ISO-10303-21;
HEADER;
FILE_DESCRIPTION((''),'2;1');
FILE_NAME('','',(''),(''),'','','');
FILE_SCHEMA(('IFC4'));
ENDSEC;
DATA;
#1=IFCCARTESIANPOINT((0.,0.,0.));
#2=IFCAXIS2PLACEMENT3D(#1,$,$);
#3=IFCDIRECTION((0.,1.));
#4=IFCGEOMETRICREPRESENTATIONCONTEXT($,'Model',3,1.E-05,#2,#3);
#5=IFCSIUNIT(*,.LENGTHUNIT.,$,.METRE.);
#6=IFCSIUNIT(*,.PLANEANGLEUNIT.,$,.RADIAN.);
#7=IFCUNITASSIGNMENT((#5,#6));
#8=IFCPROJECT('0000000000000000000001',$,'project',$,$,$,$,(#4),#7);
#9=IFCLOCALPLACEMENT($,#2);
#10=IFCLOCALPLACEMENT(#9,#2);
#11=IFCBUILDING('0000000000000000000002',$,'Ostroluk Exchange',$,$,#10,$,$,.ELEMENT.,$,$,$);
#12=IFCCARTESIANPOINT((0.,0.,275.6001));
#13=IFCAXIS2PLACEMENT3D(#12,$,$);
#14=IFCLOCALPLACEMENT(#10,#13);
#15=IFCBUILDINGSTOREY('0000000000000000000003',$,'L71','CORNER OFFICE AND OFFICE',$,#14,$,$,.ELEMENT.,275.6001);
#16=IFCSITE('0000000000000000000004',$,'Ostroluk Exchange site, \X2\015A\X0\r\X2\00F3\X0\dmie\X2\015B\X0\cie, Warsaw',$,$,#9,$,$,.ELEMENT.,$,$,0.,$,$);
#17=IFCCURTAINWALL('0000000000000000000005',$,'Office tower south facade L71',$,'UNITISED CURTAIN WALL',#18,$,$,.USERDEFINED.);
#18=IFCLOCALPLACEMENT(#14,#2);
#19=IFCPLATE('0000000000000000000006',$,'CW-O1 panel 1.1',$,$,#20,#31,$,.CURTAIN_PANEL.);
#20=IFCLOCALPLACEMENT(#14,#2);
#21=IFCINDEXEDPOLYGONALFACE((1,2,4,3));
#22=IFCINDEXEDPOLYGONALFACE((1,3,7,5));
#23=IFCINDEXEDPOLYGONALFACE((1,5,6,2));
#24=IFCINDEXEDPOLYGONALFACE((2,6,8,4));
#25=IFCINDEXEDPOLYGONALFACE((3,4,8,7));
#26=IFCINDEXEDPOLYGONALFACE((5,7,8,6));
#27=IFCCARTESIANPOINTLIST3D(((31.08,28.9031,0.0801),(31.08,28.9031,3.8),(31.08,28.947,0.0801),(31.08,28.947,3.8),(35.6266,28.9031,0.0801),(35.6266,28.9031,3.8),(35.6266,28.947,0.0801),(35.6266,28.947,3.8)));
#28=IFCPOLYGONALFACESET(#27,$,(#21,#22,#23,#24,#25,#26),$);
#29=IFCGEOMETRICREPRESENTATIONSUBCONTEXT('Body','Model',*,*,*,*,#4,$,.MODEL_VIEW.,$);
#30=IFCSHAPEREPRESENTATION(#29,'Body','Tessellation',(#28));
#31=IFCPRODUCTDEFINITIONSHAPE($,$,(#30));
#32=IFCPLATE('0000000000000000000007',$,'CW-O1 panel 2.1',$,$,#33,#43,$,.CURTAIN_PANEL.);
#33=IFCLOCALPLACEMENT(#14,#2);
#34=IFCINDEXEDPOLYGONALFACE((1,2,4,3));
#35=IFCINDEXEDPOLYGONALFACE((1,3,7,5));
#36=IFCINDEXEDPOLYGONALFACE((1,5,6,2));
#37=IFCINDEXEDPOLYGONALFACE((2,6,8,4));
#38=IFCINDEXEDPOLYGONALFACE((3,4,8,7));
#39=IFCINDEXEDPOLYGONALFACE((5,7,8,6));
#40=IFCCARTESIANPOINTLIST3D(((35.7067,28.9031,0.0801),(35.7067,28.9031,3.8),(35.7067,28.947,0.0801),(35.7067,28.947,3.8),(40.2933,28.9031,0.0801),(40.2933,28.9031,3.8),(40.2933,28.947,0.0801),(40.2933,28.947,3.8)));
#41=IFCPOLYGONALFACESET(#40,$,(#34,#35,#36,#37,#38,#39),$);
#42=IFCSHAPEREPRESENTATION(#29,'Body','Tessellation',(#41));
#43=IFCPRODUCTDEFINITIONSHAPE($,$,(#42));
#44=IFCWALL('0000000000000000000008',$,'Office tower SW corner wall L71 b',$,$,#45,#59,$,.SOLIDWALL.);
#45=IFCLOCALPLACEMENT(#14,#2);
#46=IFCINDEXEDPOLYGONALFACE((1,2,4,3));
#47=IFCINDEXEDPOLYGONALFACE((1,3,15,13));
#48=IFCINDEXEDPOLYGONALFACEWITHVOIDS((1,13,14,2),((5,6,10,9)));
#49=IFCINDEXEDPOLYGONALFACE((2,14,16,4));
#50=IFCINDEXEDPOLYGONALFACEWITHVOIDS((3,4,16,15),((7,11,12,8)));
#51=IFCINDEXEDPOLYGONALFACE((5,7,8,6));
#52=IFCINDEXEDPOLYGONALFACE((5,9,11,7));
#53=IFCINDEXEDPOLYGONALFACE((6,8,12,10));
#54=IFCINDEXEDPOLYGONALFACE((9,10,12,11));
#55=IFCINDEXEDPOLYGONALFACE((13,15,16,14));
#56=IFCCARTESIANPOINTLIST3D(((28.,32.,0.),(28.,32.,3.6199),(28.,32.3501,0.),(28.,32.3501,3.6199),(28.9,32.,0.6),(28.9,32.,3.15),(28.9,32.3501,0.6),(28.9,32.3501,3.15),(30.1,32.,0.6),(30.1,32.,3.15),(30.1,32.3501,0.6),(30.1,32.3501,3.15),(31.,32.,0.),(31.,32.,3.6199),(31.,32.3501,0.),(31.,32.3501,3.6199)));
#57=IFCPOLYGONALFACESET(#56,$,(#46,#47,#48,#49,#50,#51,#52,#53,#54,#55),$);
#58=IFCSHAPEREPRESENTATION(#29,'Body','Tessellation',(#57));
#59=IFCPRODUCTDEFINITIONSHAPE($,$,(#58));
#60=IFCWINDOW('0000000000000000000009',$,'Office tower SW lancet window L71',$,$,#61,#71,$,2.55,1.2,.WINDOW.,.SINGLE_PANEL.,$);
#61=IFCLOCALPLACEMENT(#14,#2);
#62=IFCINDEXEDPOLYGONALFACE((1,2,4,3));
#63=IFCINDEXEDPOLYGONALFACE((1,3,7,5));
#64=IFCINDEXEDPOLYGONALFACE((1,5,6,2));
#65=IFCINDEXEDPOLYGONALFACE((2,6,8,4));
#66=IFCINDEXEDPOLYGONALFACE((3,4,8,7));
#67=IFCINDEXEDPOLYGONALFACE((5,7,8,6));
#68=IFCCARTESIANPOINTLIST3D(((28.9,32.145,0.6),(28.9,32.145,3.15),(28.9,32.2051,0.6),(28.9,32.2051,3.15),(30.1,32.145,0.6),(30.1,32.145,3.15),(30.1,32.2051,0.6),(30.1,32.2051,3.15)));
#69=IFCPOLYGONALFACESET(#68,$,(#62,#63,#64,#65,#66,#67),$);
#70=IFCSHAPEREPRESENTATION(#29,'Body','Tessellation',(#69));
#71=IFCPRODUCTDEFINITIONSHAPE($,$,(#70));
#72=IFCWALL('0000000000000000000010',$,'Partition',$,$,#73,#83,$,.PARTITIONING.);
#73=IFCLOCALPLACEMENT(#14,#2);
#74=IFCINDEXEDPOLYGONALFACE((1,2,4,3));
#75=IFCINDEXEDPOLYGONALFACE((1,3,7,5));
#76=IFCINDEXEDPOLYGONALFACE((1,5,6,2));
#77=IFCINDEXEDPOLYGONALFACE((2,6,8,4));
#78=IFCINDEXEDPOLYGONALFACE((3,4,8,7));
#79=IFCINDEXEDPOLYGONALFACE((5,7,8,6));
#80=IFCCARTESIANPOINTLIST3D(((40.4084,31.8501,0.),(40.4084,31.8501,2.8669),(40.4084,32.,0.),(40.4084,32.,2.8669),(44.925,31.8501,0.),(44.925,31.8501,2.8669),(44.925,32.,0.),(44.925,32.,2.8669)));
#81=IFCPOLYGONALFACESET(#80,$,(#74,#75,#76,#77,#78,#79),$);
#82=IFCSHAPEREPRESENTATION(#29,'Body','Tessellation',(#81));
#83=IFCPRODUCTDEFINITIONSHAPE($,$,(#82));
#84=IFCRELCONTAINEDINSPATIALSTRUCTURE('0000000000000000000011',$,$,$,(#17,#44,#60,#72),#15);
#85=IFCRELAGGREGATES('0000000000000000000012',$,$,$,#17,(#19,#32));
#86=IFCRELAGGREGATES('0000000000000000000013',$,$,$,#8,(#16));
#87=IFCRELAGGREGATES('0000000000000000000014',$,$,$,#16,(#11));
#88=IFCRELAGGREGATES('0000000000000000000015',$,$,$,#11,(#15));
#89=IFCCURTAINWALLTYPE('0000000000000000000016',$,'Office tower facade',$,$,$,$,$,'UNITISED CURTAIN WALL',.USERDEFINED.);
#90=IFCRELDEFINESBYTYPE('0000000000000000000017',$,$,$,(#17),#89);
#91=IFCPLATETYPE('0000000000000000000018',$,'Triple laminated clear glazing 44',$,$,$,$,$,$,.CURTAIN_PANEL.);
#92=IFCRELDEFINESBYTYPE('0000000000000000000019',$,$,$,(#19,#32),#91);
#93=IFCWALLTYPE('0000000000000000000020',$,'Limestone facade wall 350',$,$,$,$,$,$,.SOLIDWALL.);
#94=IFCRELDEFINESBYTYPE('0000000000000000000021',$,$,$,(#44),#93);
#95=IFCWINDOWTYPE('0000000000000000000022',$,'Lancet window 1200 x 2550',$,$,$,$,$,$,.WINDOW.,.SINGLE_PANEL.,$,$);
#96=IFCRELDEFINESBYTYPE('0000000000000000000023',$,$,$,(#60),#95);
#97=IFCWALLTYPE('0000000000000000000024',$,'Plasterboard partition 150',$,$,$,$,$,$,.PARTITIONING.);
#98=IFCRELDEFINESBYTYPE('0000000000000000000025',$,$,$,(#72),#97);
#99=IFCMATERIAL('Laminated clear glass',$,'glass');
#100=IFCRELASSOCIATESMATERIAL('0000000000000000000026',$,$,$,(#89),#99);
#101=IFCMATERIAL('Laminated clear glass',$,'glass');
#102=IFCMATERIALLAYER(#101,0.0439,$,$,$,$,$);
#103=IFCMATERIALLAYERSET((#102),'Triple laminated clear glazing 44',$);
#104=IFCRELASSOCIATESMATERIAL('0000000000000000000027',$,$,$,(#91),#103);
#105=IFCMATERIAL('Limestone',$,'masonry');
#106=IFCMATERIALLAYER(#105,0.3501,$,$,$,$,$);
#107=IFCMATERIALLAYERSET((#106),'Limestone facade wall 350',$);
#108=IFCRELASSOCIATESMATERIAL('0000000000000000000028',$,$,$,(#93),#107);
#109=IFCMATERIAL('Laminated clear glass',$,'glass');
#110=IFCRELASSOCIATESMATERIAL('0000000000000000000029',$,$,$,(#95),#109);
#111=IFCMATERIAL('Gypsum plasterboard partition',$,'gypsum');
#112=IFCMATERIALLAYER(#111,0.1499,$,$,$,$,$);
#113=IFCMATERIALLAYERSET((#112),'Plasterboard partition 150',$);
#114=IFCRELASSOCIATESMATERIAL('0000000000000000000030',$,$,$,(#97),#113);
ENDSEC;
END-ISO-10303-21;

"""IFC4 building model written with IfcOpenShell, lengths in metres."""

from ifc_helpers import new_model, si_unit, direction, frame, frame_2d, origin, origin_2d, place, context, subcontext, project, spatial, rectangle, extrude, material, layer, layer_set, type_object, element, fill, aggregate, save


model = new_model("IFC4")

# Units and contexts
model_context = context("Model", 3, precision=1e-05, world=origin(), true_north=direction((0.0, 1.0)))
body_context = subcontext(model_context, "Body", "Model", "MODEL_VIEW")
ifc_project = project(units=[si_unit("LENGTHUNIT", "METRE"), si_unit("PLANEANGLEUNIT", "RADIAN")], contexts=[model_context])

# Site, building, storey
site_placement = place(None, origin())
site = spatial("IfcSite", under=ifc_project, at=site_placement, Name="Ostroluk Exchange site, Śródmieście, Warsaw", CompositionType="ELEMENT", RefElevation=0.0)
building_placement = place(site_placement, origin())
building = spatial("IfcBuilding", under=site, at=building_placement, Name="Ostroluk Exchange", CompositionType="ELEMENT")
storey_placement = place(building_placement, frame((0.0, 0.0, 275.6001)))
storey = spatial("IfcBuildingStorey", under=building, at=storey_placement, Name="L71", Description="CORNER OFFICE AND OFFICE", CompositionType="ELEMENT", Elevation=275.6001)

# Curtain wall
ifc_material_1 = material(Name="Laminated clear glass", Category="glass")
curtain_wall_type = type_object("IfcCurtainWallType", Name="Office tower facade", ElementType="UNITISED CURTAIN WALL", PredefinedType="USERDEFINED", material=ifc_material_1)
curtain_wall_1_placement = place(storey_placement, origin())
curtain_wall_1 = element("IfcCurtainWall", 1, at=curtain_wall_1_placement, inside=storey, type_object=curtain_wall_type, Name="Office tower south facade L71", ObjectType="UNITISED CURTAIN WALL", PredefinedType="USERDEFINED")

# Plates
ifc_material_2 = material(Name="Laminated clear glass", Category="glass")
ifc_layer_1 = layer(ifc_material_2, 0.0439)
ifc_layer_set_1 = layer_set([ifc_layer_1], Name="Triple laminated clear glazing 44")
plate_type_1 = type_object("IfcPlateType", Name="Triple laminated clear glazing 44", PredefinedType="CURTAIN_PANEL", material=ifc_layer_set_1)
plate_1_placement = place(storey_placement, frame((33.3533, 28.925, 0.0801), z_axis=(0.0, 0.0, 1.0), x_axis=(1.0, 0.0, 0.0)))
plate_1 = element("IfcPlate", 2, at=plate_1_placement, type_object=plate_type_1, Name="CW-O1 panel 1.1", PredefinedType="CURTAIN_PANEL", context=body_context, shape_type="SweptSolid", body=[
    extrude(rectangle(XDim=4.5466, YDim=0.0439, at=origin_2d()), origin(), (0.0, 0.0, 1.0), 3.72),
])
plate_2_placement = place(storey_placement, frame((38.0, 28.925, 0.0801), z_axis=(0.0, 0.0, 1.0), x_axis=(1.0, 0.0, 0.0)))
plate_2 = element("IfcPlate", 3, at=plate_2_placement, type_object=plate_type_1, Name="CW-O1 panel 2.1", PredefinedType="CURTAIN_PANEL", context=body_context, shape_type="SweptSolid", body=[
    extrude(rectangle(XDim=4.5867, YDim=0.0439, at=origin_2d()), origin(), (0.0, 0.0, 1.0), 3.72),
])
aggregate(curtain_wall_1, [plate_1, plate_2])

# Shared definitions
ifc_material_3 = material(Name="Limestone", Category="masonry")
ifc_layer_2 = layer(ifc_material_3, 0.3501)
ifc_layer_set_2 = layer_set([ifc_layer_2], Name="Limestone facade wall 350")
wall_type_1 = type_object("IfcWallType", Name="Limestone facade wall 350", PredefinedType="SOLIDWALL", material=ifc_layer_set_2)

# Wall, opening, window
wall_1_placement = place(storey_placement, frame((31.0, 32.175, 0.0), z_axis=(0.0, 0.0, 1.0), x_axis=(-1.0, 0.0, 0.0)))
wall_1 = element("IfcWall", 4, at=wall_1_placement, inside=storey, type_object=wall_type_1, Name="Office tower SW corner wall L71 b", PredefinedType="SOLIDWALL", context=body_context, shape_type="SweptSolid", body=[
    extrude(rectangle(XDim=3.0, YDim=0.3501, at=frame_2d((1.5, 0.0))), origin(), (0.0, 0.0, 1.0), 3.6199),
])
opening_1_placement = place(wall_1_placement, frame((0.8999, 0.0, 0.6001)))
opening_1 = element("IfcOpeningElement", 5, at=opening_1_placement, cuts=wall_1, PredefinedType="OPENING", context=body_context, shape_type="SweptSolid", body=[
    extrude(rectangle(XDim=1.2, YDim=2.55, at=frame_2d((0.6001, 1.2749))), frame((0.0, 0.1851, 0.0), z_axis=(0.0, -1.0, 0.0), x_axis=(1.0, 0.0, 0.0)), (0.0, 0.0, 1.0), 0.3701),
])
ifc_material_4 = material(Name="Laminated clear glass", Category="glass")
window_type = type_object("IfcWindowType", Name="Lancet window 1200 x 2550", PartitioningType="SINGLE_PANEL", PredefinedType="WINDOW", material=ifc_material_4)
window_placement = place(opening_1_placement, origin())
window = element("IfcWindow", 6, at=window_placement, inside=storey, type_object=window_type, Name="Office tower SW lancet window L71", OverallHeight=2.55, OverallWidth=1.2, PartitioningType="SINGLE_PANEL", PredefinedType="WINDOW", context=body_context, shape_type="SweptSolid", body=[
    extrude(rectangle(XDim=1.2, YDim=2.55, at=frame_2d((0.6001, 1.2749))), frame((0.0, 0.03, 0.0), z_axis=(0.0, -1.0, 0.0), x_axis=(1.0, 0.0, 0.0)), (0.0, 0.0, 1.0), 0.0601),
])
fill(opening_1, window)

# Wall
ifc_material_5 = material(Name="Gypsum plasterboard partition", Category="gypsum")
ifc_layer_3 = layer(ifc_material_5, 0.1499)
ifc_layer_set_3 = layer_set([ifc_layer_3], Name="Plasterboard partition 150")
wall_type_2 = type_object("IfcWallType", Name="Plasterboard partition 150", PredefinedType="PARTITIONING", material=ifc_layer_set_3)
wall_2_placement = place(storey_placement, frame((40.4084, 31.925, 0.0), z_axis=(0.0, 0.0, 1.0), x_axis=(1.0, 0.0, 0.0)))
element("IfcWall", 7, at=wall_2_placement, inside=storey, type_object=wall_type_2, Name="Partition", PredefinedType="PARTITIONING", context=body_context, shape_type="SweptSolid", body=[
    extrude(rectangle(XDim=4.5166, YDim=0.1499, at=frame_2d((2.2583, 0.0))), origin(), (0.0, 0.0, 1.0), 2.8669),
])

save(model, "model.ifc")
